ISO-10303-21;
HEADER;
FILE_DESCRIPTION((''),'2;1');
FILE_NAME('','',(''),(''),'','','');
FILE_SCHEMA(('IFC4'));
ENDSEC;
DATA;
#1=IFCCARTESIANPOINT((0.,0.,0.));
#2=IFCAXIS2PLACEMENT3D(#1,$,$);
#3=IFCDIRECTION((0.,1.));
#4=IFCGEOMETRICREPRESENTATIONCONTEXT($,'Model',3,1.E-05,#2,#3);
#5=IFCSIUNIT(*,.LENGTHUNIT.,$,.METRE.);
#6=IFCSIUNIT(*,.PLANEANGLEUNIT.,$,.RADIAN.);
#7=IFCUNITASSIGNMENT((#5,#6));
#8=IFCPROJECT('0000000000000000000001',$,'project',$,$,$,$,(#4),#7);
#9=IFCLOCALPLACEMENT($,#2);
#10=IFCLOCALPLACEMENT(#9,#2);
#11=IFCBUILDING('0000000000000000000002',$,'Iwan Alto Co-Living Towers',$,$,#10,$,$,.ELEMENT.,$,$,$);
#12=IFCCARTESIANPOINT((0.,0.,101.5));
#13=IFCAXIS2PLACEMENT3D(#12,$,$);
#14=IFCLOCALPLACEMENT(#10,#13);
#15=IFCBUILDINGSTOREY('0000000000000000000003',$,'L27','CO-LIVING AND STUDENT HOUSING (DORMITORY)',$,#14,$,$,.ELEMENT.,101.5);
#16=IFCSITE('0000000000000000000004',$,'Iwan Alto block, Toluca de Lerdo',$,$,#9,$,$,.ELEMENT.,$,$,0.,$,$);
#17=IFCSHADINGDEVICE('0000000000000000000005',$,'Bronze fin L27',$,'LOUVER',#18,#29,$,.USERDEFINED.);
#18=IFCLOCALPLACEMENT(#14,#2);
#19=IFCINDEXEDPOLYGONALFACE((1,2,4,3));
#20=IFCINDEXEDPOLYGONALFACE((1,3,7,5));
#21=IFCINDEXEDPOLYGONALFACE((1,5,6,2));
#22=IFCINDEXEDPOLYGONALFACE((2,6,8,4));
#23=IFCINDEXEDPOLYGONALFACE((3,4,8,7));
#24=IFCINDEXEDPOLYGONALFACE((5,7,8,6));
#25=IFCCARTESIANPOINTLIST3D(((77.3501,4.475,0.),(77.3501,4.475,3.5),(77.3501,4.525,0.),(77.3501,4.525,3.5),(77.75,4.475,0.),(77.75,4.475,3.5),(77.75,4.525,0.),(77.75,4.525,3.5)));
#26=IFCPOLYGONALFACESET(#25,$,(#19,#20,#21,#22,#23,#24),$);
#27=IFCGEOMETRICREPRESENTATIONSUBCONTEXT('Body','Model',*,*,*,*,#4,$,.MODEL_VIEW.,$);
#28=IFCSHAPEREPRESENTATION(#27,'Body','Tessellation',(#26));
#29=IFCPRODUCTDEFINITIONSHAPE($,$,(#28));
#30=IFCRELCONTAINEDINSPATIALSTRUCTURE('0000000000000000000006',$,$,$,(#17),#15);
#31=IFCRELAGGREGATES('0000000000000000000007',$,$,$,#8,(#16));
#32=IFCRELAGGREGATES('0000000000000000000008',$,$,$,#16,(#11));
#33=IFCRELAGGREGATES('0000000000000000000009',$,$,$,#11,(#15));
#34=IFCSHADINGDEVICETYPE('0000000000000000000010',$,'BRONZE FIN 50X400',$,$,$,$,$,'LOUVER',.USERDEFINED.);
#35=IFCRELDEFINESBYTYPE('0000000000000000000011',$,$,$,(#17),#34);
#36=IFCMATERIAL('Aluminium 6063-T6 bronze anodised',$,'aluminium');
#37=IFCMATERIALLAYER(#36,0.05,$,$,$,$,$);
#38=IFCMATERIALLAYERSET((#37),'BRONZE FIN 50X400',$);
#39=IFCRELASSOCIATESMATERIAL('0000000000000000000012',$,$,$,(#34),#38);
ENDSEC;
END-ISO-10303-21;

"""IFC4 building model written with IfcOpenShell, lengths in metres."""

from ifc_helpers import new_model, si_unit, direction, frame, origin, origin_2d, place, context, subcontext, project, spatial, rectangle, extrude, material, layer, layer_set, type_object, element, save


model = new_model("IFC4")

# Units and contexts
model_context = context("Model", 3, precision=1e-05, world=origin(), true_north=direction((0.0, 1.0)))
body_context = subcontext(model_context, "Body", "Model", "MODEL_VIEW")
ifc_project = project(units=[si_unit("LENGTHUNIT", "METRE"), si_unit("PLANEANGLEUNIT", "RADIAN")], contexts=[model_context])

# Site, building, storey
site_placement = place(None, origin())
site = spatial("IfcSite", under=ifc_project, at=site_placement, Name="Iwan Alto block, Toluca de Lerdo", CompositionType="ELEMENT", RefElevation=0.0)
building_placement = place(site_placement, origin())
building = spatial("IfcBuilding", under=site, at=building_placement, Name="Iwan Alto Co-Living Towers", CompositionType="ELEMENT")
storey_placement = place(building_placement, frame((0.0, 0.0, 101.5)))
storey = spatial("IfcBuildingStorey", under=building, at=storey_placement, Name="L27", Description="CO-LIVING AND STUDENT HOUSING (DORMITORY)", CompositionType="ELEMENT", Elevation=101.5)

# Shading device
ifc_material_1 = material(Name="Aluminium 6063-T6 bronze anodised", Category="aluminium")
ifc_layer_1 = layer(ifc_material_1, 0.05)
ifc_layer_set_1 = layer_set([ifc_layer_1], Name="BRONZE FIN 50X400")
shading_device_type = type_object("IfcShadingDeviceType", Name="BRONZE FIN 50X400", ElementType="LOUVER", PredefinedType="USERDEFINED", material=ifc_layer_set_1)
shading_device_placement = place(storey_placement, frame((77.55, 4.5, 0.0), z_axis=(0.0, 0.0, 1.0), x_axis=(0.0, 1.0, 0.0)))
element("IfcShadingDevice", 1, at=shading_device_placement, inside=storey, type_object=shading_device_type, Name="Bronze fin L27", ObjectType="LOUVER", PredefinedType="USERDEFINED", context=body_context, shape_type="SweptSolid", body=[
    extrude(rectangle(XDim=0.05, YDim=0.3999, at=origin_2d()), origin(), (0.0, 0.0, 1.0), 3.5),
])

save(model, "model.ifc")
